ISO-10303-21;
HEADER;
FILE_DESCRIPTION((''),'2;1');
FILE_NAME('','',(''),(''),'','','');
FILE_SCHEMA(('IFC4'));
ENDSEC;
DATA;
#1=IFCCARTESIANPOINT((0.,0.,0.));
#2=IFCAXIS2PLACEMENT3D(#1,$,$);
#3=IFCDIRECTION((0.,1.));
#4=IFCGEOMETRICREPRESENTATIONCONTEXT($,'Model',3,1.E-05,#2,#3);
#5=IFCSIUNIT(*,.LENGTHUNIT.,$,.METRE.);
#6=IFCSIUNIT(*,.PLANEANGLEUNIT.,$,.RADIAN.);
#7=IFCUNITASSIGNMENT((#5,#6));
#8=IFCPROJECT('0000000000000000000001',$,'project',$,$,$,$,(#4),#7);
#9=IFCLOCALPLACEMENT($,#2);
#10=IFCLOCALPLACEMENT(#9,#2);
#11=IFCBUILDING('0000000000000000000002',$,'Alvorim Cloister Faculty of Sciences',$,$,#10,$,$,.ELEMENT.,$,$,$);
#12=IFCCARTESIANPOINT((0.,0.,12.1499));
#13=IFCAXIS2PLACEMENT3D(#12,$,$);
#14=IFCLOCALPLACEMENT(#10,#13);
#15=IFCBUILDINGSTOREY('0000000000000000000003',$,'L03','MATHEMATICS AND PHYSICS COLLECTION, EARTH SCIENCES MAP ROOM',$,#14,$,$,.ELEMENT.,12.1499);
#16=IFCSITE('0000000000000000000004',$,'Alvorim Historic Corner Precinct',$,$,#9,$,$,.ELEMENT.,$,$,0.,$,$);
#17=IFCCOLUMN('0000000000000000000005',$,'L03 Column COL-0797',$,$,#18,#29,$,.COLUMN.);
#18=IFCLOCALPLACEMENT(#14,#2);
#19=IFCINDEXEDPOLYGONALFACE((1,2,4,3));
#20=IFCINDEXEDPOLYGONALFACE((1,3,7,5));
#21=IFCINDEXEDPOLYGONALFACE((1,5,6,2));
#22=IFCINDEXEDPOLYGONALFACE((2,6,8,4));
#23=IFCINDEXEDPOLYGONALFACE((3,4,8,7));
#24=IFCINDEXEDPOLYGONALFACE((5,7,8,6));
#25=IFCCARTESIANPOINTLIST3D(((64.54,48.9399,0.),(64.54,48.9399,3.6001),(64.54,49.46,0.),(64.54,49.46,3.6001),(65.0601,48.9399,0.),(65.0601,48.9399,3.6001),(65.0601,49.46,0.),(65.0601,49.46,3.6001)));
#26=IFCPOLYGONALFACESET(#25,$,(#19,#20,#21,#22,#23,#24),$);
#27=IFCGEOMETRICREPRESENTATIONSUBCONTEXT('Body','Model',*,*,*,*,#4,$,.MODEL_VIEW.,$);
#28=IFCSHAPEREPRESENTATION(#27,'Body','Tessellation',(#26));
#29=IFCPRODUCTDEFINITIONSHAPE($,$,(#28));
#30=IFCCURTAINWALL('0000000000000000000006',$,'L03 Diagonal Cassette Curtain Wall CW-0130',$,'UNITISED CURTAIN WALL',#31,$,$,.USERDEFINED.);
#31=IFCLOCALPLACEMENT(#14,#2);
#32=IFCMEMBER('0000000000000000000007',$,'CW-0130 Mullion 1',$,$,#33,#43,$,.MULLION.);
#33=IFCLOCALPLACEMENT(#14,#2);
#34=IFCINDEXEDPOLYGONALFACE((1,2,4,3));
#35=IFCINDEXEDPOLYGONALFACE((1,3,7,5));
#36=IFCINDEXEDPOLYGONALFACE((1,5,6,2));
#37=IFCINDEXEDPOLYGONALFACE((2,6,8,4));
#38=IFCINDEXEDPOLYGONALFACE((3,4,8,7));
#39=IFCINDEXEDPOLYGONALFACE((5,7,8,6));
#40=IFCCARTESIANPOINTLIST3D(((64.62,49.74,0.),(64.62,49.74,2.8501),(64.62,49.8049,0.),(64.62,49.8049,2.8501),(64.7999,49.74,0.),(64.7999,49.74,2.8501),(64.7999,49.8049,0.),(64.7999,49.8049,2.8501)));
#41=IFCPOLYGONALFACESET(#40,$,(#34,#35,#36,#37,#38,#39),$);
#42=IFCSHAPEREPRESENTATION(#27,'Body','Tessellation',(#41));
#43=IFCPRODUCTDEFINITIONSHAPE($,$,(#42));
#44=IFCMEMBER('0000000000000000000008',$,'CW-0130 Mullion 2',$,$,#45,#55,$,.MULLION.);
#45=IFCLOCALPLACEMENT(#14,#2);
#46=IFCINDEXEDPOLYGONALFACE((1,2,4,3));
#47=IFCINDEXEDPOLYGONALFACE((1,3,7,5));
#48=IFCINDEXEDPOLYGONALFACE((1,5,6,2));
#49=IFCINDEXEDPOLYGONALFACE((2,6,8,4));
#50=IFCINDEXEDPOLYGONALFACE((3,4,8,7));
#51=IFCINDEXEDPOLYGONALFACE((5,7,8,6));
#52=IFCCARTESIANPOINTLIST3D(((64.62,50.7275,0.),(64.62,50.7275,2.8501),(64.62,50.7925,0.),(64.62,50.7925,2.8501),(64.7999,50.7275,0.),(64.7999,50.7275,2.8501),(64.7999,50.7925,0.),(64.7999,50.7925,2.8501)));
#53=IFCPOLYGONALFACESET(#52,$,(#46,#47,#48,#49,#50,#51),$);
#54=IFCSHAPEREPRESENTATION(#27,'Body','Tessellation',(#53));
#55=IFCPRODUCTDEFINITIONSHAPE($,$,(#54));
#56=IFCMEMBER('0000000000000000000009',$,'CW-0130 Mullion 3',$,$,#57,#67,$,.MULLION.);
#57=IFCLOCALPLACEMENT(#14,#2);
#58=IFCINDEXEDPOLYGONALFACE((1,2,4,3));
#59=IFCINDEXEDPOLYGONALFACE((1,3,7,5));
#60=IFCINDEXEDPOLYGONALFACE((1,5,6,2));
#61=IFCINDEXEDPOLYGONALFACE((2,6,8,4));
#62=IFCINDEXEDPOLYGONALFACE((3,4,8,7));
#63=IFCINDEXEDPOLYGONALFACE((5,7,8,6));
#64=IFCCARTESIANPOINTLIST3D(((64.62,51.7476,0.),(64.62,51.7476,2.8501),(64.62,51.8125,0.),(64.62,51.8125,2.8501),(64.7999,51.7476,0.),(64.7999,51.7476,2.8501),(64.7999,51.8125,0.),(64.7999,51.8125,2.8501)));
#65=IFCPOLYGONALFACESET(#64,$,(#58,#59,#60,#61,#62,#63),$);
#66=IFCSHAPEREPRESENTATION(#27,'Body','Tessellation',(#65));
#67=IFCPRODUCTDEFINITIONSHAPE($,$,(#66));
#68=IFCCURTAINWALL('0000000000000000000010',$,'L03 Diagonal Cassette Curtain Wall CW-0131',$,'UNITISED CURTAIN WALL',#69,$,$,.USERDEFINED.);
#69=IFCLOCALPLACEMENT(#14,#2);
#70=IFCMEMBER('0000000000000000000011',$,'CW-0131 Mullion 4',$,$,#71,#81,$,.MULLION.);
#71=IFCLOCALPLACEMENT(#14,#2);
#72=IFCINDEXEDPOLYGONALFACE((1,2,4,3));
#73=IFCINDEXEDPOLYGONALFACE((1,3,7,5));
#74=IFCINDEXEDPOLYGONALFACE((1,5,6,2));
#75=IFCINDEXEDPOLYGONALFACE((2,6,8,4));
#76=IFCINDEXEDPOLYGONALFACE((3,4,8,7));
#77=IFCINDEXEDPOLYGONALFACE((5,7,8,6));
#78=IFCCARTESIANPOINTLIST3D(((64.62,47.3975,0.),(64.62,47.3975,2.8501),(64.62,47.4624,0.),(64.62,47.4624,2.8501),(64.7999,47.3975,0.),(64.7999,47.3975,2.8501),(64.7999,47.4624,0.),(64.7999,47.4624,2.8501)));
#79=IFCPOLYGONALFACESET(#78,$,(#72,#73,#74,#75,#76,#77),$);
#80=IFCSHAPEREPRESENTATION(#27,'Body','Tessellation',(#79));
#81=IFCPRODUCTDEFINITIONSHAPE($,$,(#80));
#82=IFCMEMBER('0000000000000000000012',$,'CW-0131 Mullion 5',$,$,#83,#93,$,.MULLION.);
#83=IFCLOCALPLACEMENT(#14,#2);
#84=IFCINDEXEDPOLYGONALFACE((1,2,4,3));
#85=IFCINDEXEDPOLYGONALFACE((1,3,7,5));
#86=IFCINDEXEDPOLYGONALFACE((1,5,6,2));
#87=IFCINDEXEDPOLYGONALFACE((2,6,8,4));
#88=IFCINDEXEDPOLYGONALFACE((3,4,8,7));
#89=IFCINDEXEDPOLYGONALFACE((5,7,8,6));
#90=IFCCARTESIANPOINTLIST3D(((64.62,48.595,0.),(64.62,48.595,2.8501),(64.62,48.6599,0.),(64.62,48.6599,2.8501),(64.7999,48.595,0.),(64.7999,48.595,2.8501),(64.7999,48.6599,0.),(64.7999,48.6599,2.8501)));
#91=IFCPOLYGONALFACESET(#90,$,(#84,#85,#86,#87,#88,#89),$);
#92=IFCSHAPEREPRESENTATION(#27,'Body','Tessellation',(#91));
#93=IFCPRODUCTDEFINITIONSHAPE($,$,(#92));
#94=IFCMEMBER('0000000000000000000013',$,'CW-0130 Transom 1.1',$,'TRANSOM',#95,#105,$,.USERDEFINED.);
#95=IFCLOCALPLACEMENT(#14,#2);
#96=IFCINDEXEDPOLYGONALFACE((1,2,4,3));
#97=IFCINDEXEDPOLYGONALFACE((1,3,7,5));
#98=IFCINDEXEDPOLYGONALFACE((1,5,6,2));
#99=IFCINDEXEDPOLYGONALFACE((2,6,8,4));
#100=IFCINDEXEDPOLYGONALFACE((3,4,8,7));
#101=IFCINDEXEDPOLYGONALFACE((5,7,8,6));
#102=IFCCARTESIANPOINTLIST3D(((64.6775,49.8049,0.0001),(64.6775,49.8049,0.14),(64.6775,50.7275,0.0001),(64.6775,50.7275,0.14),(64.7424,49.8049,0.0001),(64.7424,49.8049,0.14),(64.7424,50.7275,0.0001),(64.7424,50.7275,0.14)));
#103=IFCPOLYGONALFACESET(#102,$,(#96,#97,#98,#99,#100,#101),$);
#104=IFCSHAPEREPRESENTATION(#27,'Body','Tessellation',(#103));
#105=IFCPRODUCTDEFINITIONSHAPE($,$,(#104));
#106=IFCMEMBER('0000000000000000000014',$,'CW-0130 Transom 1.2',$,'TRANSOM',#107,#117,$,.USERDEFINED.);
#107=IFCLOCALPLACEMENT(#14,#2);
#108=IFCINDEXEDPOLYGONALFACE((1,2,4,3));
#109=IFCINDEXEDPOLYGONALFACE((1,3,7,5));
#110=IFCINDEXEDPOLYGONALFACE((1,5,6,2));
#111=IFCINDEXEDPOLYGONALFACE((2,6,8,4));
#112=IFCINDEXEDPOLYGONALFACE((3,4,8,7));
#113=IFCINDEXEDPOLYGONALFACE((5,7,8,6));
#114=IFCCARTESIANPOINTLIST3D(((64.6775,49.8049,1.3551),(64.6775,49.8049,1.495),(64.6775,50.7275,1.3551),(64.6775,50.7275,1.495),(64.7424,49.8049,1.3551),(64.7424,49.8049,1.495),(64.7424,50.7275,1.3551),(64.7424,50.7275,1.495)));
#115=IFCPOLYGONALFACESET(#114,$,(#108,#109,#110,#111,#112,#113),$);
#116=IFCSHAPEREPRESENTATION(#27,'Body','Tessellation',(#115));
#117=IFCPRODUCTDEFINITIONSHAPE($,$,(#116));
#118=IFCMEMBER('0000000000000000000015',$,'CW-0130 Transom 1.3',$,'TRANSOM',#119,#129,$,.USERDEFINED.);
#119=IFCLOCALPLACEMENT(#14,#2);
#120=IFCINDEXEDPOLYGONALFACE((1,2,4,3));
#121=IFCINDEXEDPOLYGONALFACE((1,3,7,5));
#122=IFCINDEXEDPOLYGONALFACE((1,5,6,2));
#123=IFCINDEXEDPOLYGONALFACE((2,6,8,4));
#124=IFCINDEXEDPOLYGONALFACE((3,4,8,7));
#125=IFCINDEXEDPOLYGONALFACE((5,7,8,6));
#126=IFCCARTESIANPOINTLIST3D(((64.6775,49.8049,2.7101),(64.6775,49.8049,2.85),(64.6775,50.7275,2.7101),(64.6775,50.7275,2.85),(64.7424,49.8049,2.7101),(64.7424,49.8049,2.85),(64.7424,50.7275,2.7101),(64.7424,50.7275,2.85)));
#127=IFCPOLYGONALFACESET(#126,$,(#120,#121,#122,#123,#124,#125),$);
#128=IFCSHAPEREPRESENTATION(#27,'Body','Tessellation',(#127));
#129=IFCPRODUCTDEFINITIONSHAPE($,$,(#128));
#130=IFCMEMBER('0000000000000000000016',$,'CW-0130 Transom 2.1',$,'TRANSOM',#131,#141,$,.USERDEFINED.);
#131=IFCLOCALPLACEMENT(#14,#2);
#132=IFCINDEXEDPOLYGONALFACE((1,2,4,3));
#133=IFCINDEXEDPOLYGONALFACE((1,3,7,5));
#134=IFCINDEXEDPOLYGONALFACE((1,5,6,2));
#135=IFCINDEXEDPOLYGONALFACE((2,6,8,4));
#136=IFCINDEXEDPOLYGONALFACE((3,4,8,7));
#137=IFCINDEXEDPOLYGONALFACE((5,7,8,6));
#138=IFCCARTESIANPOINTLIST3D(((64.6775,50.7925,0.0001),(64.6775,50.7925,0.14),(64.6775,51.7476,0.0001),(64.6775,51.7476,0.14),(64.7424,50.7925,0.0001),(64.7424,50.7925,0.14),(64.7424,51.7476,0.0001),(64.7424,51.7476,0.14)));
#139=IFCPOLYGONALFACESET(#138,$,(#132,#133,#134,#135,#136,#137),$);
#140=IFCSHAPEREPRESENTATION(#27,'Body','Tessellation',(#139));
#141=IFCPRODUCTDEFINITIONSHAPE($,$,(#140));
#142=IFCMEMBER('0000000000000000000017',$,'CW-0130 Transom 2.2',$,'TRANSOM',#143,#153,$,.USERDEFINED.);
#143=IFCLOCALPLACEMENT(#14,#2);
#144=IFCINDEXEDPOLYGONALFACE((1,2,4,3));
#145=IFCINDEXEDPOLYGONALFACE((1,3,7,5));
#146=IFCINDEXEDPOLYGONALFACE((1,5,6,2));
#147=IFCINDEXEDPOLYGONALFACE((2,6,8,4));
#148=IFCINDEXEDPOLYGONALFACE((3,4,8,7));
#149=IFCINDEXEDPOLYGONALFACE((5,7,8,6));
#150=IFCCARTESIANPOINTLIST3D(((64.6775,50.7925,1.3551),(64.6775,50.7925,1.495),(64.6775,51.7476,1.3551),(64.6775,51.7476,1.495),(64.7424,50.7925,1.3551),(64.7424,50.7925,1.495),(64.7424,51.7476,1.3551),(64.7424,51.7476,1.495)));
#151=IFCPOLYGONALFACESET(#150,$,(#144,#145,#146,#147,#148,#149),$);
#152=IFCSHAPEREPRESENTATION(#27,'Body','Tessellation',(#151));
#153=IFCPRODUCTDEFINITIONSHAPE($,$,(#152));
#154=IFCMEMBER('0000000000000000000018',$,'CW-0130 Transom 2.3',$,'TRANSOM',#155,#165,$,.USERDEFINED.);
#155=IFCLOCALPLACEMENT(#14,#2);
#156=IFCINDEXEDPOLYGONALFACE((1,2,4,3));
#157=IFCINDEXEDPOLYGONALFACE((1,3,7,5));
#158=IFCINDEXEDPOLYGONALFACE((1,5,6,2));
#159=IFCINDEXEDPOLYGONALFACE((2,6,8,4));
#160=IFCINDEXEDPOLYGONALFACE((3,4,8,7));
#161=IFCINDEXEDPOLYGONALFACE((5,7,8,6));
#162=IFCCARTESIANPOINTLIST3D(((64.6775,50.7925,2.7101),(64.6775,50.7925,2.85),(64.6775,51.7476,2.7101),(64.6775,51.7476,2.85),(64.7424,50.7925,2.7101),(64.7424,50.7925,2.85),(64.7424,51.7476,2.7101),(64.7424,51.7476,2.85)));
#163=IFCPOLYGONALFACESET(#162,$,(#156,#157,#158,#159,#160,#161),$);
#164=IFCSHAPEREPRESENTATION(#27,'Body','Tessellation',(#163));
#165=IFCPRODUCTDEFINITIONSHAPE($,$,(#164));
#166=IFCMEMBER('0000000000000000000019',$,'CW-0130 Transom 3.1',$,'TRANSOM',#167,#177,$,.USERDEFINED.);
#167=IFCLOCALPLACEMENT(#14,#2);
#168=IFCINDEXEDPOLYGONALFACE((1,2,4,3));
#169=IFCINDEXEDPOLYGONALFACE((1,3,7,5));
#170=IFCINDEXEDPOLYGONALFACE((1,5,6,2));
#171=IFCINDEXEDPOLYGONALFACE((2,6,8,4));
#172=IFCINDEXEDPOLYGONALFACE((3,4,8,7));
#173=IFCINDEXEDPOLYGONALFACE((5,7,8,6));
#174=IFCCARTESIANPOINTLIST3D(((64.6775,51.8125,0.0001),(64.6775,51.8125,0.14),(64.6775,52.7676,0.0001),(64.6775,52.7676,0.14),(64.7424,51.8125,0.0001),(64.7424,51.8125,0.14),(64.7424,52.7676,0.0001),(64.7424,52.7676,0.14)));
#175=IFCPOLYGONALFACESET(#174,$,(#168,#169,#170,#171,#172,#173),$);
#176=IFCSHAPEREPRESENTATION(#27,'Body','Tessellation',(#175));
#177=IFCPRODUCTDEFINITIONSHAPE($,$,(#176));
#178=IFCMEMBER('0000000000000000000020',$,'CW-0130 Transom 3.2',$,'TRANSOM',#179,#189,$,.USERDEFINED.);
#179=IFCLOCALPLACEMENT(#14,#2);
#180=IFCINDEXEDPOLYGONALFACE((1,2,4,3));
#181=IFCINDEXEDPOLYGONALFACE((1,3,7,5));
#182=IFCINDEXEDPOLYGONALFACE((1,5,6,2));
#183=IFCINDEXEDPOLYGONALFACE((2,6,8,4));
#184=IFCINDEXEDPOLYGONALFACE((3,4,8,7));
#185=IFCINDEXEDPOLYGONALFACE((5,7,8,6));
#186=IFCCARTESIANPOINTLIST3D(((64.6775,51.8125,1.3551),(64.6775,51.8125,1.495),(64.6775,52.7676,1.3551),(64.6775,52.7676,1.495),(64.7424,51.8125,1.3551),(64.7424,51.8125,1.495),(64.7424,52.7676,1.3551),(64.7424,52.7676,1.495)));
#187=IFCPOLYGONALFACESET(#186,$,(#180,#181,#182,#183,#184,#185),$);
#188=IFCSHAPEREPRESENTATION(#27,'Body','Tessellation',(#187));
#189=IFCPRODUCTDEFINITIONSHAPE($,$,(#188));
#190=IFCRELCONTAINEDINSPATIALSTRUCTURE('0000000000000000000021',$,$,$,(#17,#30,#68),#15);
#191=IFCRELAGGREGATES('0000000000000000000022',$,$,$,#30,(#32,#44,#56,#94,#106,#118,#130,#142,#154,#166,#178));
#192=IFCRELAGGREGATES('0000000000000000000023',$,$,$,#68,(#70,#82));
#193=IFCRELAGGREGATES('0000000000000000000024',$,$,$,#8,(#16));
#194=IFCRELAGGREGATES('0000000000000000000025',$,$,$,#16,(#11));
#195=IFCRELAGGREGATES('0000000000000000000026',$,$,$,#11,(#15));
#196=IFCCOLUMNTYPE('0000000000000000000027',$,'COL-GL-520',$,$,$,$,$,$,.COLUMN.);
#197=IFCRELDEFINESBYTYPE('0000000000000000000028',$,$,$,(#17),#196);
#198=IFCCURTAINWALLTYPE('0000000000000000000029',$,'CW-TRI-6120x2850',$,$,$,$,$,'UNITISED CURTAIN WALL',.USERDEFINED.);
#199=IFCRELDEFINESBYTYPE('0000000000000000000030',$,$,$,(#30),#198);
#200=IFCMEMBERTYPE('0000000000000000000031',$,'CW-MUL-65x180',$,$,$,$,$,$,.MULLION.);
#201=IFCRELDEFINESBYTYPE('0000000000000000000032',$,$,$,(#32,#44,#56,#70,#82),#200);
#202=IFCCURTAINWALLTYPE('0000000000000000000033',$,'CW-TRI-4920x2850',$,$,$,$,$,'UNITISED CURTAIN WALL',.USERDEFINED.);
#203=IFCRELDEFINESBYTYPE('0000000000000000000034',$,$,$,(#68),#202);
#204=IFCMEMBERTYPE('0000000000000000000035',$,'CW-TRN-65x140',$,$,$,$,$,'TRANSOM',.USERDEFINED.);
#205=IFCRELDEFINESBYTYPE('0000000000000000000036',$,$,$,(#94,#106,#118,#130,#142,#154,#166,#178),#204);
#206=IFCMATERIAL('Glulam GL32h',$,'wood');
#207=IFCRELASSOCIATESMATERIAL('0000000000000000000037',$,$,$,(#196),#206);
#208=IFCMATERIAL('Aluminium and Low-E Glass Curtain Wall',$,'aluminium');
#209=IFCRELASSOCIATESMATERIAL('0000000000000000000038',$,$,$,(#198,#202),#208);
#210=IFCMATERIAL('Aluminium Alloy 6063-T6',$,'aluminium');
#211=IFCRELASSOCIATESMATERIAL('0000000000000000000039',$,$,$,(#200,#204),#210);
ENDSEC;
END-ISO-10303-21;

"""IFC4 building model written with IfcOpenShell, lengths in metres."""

from ifc_helpers import new_model, si_unit, direction, frame, origin, origin_2d, place, context, subcontext, project, spatial, rectangle, extrude, material, material_profile, profile_set, type_object, element, aggregate, save


model = new_model("IFC4")

# Units and contexts
model_context = context("Model", 3, precision=1e-05, world=origin(), true_north=direction((0.0, 1.0)))
body_context = subcontext(model_context, "Body", "Model", "MODEL_VIEW")
ifc_project = project(units=[si_unit("LENGTHUNIT", "METRE"), si_unit("PLANEANGLEUNIT", "RADIAN")], contexts=[model_context])

# Site, building, storey
site_placement = place(None, origin())
site = spatial("IfcSite", under=ifc_project, at=site_placement, Name="Alvorim Historic Corner Precinct", CompositionType="ELEMENT", RefElevation=0.0)
building_placement = place(site_placement, origin())
building = spatial("IfcBuilding", under=site, at=building_placement, Name="Alvorim Cloister Faculty of Sciences", CompositionType="ELEMENT")
storey_placement = place(building_placement, frame((0.0, 0.0, 12.1499)))
storey = spatial("IfcBuildingStorey", under=building, at=storey_placement, Name="L03", Description="MATHEMATICS AND PHYSICS COLLECTION, EARTH SCIENCES MAP ROOM", CompositionType="ELEMENT", Elevation=12.1499)

# Column
ifc_material_1 = material(Name="Glulam GL32h", Category="wood")
ifc_material_profile_1 = material_profile(ifc_material_1, rectangle(XDim=0.52, YDim=0.52, at=origin_2d()), Name="GL32-COL-520x520")
ifc_profile_set_1 = profile_set([ifc_material_profile_1], Name="Glulam GL32h")
column_type = type_object("IfcColumnType", Name="COL-GL-520", PredefinedType="COLUMN", material=ifc_profile_set_1)
column_placement = place(storey_placement, frame((64.8, 49.2, 0.0), z_axis=(0.0, 0.0, 1.0), x_axis=(1.0, 0.0, 0.0)))
element("IfcColumn", 1, at=column_placement, inside=storey, type_object=column_type, Name="L03 Column COL-0797", PredefinedType="COLUMN", context=body_context, shape_type="SweptSolid", body=[
    extrude(rectangle(XDim=0.52, YDim=0.52, at=origin_2d()), origin(), (0.0, 0.0, 1.0), 3.6001),
])

# Curtain walls, members
ifc_material_2 = material(Name="Aluminium and Low-E Glass Curtain Wall", Category="aluminium")
curtain_wall_type_1 = type_object("IfcCurtainWallType", Name="CW-TRI-6120x2850", ElementType="UNITISED CURTAIN WALL", PredefinedType="USERDEFINED", material=ifc_material_2)
curtain_wall_1_placement = place(storey_placement, origin())
curtain_wall_1 = element("IfcCurtainWall", 2, at=curtain_wall_1_placement, inside=storey, type_object=curtain_wall_type_1, Name="L03 Diagonal Cassette Curtain Wall CW-0130", ObjectType="UNITISED CURTAIN WALL", PredefinedType="USERDEFINED")
ifc_material_3 = material(Name="Aluminium Alloy 6063-T6", Category="aluminium")
ifc_material_profile_2 = material_profile(ifc_material_3, rectangle(XDim=0.0649, YDim=0.1799, at=origin_2d()), Name="ALU-MUL-65x180")
ifc_profile_set_2 = profile_set([ifc_material_profile_2], Name="Aluminium Alloy 6063-T6")
member_type_1 = type_object("IfcMemberType", Name="CW-MUL-65x180", PredefinedType="MULLION", material=ifc_profile_set_2)
member_1_placement = place(storey_placement, frame((64.71, 49.7725, 0.0), z_axis=(0.0, 0.0, 1.0), x_axis=(0.0, 1.0, 0.0)))
member_1 = element("IfcMember", 3, at=member_1_placement, type_object=member_type_1, Name="CW-0130 Mullion 1", PredefinedType="MULLION", context=body_context, shape_type="SweptSolid", body=[
    extrude(rectangle(XDim=0.0649, YDim=0.1799, at=origin_2d()), origin(), (0.0, 0.0, 1.0), 2.8501),
])
member_2_placement = place(storey_placement, frame((64.71, 50.76, 0.0), z_axis=(0.0, 0.0, 1.0), x_axis=(0.0, 1.0, 0.0)))
member_2 = element("IfcMember", 4, at=member_2_placement, type_object=member_type_1, Name="CW-0130 Mullion 2", PredefinedType="MULLION", context=body_context, shape_type="SweptSolid", body=[
    extrude(rectangle(XDim=0.0649, YDim=0.1799, at=origin_2d()), origin(), (0.0, 0.0, 1.0), 2.8501),
])
member_3_placement = place(storey_placement, frame((64.71, 51.78, 0.0), z_axis=(0.0, 0.0, 1.0), x_axis=(0.0, 1.0, 0.0)))
member_3 = element("IfcMember", 5, at=member_3_placement, type_object=member_type_1, Name="CW-0130 Mullion 3", PredefinedType="MULLION", context=body_context, shape_type="SweptSolid", body=[
    extrude(rectangle(XDim=0.0649, YDim=0.1799, at=origin_2d()), origin(), (0.0, 0.0, 1.0), 2.8501),
])
curtain_wall_type_2 = type_object("IfcCurtainWallType", Name="CW-TRI-4920x2850", ElementType="UNITISED CURTAIN WALL", PredefinedType="USERDEFINED", material=ifc_material_2)
curtain_wall_2_placement = place(storey_placement, origin())
curtain_wall_2 = element("IfcCurtainWall", 6, at=curtain_wall_2_placement, inside=storey, type_object=curtain_wall_type_2, Name="L03 Diagonal Cassette Curtain Wall CW-0131", ObjectType="UNITISED CURTAIN WALL", PredefinedType="USERDEFINED")
member_4_placement = place(storey_placement, frame((64.71, 47.4299, 0.0), z_axis=(0.0, 0.0, 1.0), x_axis=(0.0, 1.0, 0.0)))
member_4 = element("IfcMember", 7, at=member_4_placement, type_object=member_type_1, Name="CW-0131 Mullion 4", PredefinedType="MULLION", context=body_context, shape_type="SweptSolid", body=[
    extrude(rectangle(XDim=0.0649, YDim=0.1799, at=origin_2d()), origin(), (0.0, 0.0, 1.0), 2.8501),
])
member_5_placement = place(storey_placement, frame((64.71, 48.6274, 0.0), z_axis=(0.0, 0.0, 1.0), x_axis=(0.0, 1.0, 0.0)))
member_5 = element("IfcMember", 8, at=member_5_placement, type_object=member_type_1, Name="CW-0131 Mullion 5", PredefinedType="MULLION", context=body_context, shape_type="SweptSolid", body=[
    extrude(rectangle(XDim=0.0649, YDim=0.1799, at=origin_2d()), origin(), (0.0, 0.0, 1.0), 2.8501),
])

# Members
ifc_material_profile_3 = material_profile(ifc_material_3, rectangle(XDim=0.0649, YDim=0.1399, at=origin_2d()), Name="ALU-TRN-65x140")
ifc_profile_set_3 = profile_set([ifc_material_profile_3], Name="Aluminium Alloy 6063-T6")
member_type_2 = type_object("IfcMemberType", Name="CW-TRN-65x140", ElementType="TRANSOM", PredefinedType="USERDEFINED", material=ifc_profile_set_3)
member_6_placement = place(storey_placement, frame((64.71, 49.8049, 0.0701), z_axis=(0.0, 1.0, 0.0), x_axis=(-1.0, 0.0, 0.0)))
member_6 = element("IfcMember", 9, at=member_6_placement, type_object=member_type_2, Name="CW-0130 Transom 1.1", ObjectType="TRANSOM", PredefinedType="USERDEFINED", context=body_context, shape_type="SweptSolid", body=[
    extrude(rectangle(XDim=0.0649, YDim=0.1399, at=origin_2d()), origin(), (0.0, 0.0, 1.0), 0.9226),
])
member_7_placement = place(storey_placement, frame((64.71, 49.8049, 1.425), z_axis=(0.0, 1.0, 0.0), x_axis=(-1.0, 0.0, 0.0)))
member_7 = element("IfcMember", 10, at=member_7_placement, type_object=member_type_2, Name="CW-0130 Transom 1.2", ObjectType="TRANSOM", PredefinedType="USERDEFINED", context=body_context, shape_type="SweptSolid", body=[
    extrude(rectangle(XDim=0.0649, YDim=0.1399, at=origin_2d()), origin(), (0.0, 0.0, 1.0), 0.9226),
])
member_8_placement = place(storey_placement, frame((64.71, 49.8049, 2.78), z_axis=(0.0, 1.0, 0.0), x_axis=(-1.0, 0.0, 0.0)))
member_8 = element("IfcMember", 11, at=member_8_placement, type_object=member_type_2, Name="CW-0130 Transom 1.3", ObjectType="TRANSOM", PredefinedType="USERDEFINED", context=body_context, shape_type="SweptSolid", body=[
    extrude(rectangle(XDim=0.0649, YDim=0.1399, at=origin_2d()), origin(), (0.0, 0.0, 1.0), 0.9226),
])
member_9_placement = place(storey_placement, frame((64.71, 50.7925, 0.0701), z_axis=(0.0, 1.0, 0.0), x_axis=(-1.0, 0.0, 0.0)))
member_9 = element("IfcMember", 12, at=member_9_placement, type_object=member_type_2, Name="CW-0130 Transom 2.1", ObjectType="TRANSOM", PredefinedType="USERDEFINED", context=body_context, shape_type="SweptSolid", body=[
    extrude(rectangle(XDim=0.0649, YDim=0.1399, at=origin_2d()), origin(), (0.0, 0.0, 1.0), 0.9551),
])
member_10_placement = place(storey_placement, frame((64.71, 50.7925, 1.425), z_axis=(0.0, 1.0, 0.0), x_axis=(-1.0, 0.0, 0.0)))
member_10 = element("IfcMember", 13, at=member_10_placement, type_object=member_type_2, Name="CW-0130 Transom 2.2", ObjectType="TRANSOM", PredefinedType="USERDEFINED", context=body_context, shape_type="SweptSolid", body=[
    extrude(rectangle(XDim=0.0649, YDim=0.1399, at=origin_2d()), origin(), (0.0, 0.0, 1.0), 0.9551),
])
member_11_placement = place(storey_placement, frame((64.71, 50.7925, 2.78), z_axis=(0.0, 1.0, 0.0), x_axis=(-1.0, 0.0, 0.0)))
member_11 = element("IfcMember", 14, at=member_11_placement, type_object=member_type_2, Name="CW-0130 Transom 2.3", ObjectType="TRANSOM", PredefinedType="USERDEFINED", context=body_context, shape_type="SweptSolid", body=[
    extrude(rectangle(XDim=0.0649, YDim=0.1399, at=origin_2d()), origin(), (0.0, 0.0, 1.0), 0.9551),
])
member_12_placement = place(storey_placement, frame((64.71, 51.8125, 0.0701), z_axis=(0.0, 1.0, 0.0), x_axis=(-1.0, 0.0, 0.0)))
member_12 = element("IfcMember", 15, at=member_12_placement, type_object=member_type_2, Name="CW-0130 Transom 3.1", ObjectType="TRANSOM", PredefinedType="USERDEFINED", context=body_context, shape_type="SweptSolid", body=[
    extrude(rectangle(XDim=0.0649, YDim=0.1399, at=origin_2d()), origin(), (0.0, 0.0, 1.0), 0.9551),
])
member_13_placement = place(storey_placement, frame((64.71, 51.8125, 1.425), z_axis=(0.0, 1.0, 0.0), x_axis=(-1.0, 0.0, 0.0)))
member_13 = element("IfcMember", 16, at=member_13_placement, type_object=member_type_2, Name="CW-0130 Transom 3.2", ObjectType="TRANSOM", PredefinedType="USERDEFINED", context=body_context, shape_type="SweptSolid", body=[
    extrude(rectangle(XDim=0.0649, YDim=0.1399, at=origin_2d()), origin(), (0.0, 0.0, 1.0), 0.9551),
])
aggregate(curtain_wall_1, [member_1, member_2, member_3, member_6, member_7, member_8, member_9, member_10, member_11, member_12, member_13])
aggregate(curtain_wall_2, [member_4, member_5])

save(model, "model.ifc")
